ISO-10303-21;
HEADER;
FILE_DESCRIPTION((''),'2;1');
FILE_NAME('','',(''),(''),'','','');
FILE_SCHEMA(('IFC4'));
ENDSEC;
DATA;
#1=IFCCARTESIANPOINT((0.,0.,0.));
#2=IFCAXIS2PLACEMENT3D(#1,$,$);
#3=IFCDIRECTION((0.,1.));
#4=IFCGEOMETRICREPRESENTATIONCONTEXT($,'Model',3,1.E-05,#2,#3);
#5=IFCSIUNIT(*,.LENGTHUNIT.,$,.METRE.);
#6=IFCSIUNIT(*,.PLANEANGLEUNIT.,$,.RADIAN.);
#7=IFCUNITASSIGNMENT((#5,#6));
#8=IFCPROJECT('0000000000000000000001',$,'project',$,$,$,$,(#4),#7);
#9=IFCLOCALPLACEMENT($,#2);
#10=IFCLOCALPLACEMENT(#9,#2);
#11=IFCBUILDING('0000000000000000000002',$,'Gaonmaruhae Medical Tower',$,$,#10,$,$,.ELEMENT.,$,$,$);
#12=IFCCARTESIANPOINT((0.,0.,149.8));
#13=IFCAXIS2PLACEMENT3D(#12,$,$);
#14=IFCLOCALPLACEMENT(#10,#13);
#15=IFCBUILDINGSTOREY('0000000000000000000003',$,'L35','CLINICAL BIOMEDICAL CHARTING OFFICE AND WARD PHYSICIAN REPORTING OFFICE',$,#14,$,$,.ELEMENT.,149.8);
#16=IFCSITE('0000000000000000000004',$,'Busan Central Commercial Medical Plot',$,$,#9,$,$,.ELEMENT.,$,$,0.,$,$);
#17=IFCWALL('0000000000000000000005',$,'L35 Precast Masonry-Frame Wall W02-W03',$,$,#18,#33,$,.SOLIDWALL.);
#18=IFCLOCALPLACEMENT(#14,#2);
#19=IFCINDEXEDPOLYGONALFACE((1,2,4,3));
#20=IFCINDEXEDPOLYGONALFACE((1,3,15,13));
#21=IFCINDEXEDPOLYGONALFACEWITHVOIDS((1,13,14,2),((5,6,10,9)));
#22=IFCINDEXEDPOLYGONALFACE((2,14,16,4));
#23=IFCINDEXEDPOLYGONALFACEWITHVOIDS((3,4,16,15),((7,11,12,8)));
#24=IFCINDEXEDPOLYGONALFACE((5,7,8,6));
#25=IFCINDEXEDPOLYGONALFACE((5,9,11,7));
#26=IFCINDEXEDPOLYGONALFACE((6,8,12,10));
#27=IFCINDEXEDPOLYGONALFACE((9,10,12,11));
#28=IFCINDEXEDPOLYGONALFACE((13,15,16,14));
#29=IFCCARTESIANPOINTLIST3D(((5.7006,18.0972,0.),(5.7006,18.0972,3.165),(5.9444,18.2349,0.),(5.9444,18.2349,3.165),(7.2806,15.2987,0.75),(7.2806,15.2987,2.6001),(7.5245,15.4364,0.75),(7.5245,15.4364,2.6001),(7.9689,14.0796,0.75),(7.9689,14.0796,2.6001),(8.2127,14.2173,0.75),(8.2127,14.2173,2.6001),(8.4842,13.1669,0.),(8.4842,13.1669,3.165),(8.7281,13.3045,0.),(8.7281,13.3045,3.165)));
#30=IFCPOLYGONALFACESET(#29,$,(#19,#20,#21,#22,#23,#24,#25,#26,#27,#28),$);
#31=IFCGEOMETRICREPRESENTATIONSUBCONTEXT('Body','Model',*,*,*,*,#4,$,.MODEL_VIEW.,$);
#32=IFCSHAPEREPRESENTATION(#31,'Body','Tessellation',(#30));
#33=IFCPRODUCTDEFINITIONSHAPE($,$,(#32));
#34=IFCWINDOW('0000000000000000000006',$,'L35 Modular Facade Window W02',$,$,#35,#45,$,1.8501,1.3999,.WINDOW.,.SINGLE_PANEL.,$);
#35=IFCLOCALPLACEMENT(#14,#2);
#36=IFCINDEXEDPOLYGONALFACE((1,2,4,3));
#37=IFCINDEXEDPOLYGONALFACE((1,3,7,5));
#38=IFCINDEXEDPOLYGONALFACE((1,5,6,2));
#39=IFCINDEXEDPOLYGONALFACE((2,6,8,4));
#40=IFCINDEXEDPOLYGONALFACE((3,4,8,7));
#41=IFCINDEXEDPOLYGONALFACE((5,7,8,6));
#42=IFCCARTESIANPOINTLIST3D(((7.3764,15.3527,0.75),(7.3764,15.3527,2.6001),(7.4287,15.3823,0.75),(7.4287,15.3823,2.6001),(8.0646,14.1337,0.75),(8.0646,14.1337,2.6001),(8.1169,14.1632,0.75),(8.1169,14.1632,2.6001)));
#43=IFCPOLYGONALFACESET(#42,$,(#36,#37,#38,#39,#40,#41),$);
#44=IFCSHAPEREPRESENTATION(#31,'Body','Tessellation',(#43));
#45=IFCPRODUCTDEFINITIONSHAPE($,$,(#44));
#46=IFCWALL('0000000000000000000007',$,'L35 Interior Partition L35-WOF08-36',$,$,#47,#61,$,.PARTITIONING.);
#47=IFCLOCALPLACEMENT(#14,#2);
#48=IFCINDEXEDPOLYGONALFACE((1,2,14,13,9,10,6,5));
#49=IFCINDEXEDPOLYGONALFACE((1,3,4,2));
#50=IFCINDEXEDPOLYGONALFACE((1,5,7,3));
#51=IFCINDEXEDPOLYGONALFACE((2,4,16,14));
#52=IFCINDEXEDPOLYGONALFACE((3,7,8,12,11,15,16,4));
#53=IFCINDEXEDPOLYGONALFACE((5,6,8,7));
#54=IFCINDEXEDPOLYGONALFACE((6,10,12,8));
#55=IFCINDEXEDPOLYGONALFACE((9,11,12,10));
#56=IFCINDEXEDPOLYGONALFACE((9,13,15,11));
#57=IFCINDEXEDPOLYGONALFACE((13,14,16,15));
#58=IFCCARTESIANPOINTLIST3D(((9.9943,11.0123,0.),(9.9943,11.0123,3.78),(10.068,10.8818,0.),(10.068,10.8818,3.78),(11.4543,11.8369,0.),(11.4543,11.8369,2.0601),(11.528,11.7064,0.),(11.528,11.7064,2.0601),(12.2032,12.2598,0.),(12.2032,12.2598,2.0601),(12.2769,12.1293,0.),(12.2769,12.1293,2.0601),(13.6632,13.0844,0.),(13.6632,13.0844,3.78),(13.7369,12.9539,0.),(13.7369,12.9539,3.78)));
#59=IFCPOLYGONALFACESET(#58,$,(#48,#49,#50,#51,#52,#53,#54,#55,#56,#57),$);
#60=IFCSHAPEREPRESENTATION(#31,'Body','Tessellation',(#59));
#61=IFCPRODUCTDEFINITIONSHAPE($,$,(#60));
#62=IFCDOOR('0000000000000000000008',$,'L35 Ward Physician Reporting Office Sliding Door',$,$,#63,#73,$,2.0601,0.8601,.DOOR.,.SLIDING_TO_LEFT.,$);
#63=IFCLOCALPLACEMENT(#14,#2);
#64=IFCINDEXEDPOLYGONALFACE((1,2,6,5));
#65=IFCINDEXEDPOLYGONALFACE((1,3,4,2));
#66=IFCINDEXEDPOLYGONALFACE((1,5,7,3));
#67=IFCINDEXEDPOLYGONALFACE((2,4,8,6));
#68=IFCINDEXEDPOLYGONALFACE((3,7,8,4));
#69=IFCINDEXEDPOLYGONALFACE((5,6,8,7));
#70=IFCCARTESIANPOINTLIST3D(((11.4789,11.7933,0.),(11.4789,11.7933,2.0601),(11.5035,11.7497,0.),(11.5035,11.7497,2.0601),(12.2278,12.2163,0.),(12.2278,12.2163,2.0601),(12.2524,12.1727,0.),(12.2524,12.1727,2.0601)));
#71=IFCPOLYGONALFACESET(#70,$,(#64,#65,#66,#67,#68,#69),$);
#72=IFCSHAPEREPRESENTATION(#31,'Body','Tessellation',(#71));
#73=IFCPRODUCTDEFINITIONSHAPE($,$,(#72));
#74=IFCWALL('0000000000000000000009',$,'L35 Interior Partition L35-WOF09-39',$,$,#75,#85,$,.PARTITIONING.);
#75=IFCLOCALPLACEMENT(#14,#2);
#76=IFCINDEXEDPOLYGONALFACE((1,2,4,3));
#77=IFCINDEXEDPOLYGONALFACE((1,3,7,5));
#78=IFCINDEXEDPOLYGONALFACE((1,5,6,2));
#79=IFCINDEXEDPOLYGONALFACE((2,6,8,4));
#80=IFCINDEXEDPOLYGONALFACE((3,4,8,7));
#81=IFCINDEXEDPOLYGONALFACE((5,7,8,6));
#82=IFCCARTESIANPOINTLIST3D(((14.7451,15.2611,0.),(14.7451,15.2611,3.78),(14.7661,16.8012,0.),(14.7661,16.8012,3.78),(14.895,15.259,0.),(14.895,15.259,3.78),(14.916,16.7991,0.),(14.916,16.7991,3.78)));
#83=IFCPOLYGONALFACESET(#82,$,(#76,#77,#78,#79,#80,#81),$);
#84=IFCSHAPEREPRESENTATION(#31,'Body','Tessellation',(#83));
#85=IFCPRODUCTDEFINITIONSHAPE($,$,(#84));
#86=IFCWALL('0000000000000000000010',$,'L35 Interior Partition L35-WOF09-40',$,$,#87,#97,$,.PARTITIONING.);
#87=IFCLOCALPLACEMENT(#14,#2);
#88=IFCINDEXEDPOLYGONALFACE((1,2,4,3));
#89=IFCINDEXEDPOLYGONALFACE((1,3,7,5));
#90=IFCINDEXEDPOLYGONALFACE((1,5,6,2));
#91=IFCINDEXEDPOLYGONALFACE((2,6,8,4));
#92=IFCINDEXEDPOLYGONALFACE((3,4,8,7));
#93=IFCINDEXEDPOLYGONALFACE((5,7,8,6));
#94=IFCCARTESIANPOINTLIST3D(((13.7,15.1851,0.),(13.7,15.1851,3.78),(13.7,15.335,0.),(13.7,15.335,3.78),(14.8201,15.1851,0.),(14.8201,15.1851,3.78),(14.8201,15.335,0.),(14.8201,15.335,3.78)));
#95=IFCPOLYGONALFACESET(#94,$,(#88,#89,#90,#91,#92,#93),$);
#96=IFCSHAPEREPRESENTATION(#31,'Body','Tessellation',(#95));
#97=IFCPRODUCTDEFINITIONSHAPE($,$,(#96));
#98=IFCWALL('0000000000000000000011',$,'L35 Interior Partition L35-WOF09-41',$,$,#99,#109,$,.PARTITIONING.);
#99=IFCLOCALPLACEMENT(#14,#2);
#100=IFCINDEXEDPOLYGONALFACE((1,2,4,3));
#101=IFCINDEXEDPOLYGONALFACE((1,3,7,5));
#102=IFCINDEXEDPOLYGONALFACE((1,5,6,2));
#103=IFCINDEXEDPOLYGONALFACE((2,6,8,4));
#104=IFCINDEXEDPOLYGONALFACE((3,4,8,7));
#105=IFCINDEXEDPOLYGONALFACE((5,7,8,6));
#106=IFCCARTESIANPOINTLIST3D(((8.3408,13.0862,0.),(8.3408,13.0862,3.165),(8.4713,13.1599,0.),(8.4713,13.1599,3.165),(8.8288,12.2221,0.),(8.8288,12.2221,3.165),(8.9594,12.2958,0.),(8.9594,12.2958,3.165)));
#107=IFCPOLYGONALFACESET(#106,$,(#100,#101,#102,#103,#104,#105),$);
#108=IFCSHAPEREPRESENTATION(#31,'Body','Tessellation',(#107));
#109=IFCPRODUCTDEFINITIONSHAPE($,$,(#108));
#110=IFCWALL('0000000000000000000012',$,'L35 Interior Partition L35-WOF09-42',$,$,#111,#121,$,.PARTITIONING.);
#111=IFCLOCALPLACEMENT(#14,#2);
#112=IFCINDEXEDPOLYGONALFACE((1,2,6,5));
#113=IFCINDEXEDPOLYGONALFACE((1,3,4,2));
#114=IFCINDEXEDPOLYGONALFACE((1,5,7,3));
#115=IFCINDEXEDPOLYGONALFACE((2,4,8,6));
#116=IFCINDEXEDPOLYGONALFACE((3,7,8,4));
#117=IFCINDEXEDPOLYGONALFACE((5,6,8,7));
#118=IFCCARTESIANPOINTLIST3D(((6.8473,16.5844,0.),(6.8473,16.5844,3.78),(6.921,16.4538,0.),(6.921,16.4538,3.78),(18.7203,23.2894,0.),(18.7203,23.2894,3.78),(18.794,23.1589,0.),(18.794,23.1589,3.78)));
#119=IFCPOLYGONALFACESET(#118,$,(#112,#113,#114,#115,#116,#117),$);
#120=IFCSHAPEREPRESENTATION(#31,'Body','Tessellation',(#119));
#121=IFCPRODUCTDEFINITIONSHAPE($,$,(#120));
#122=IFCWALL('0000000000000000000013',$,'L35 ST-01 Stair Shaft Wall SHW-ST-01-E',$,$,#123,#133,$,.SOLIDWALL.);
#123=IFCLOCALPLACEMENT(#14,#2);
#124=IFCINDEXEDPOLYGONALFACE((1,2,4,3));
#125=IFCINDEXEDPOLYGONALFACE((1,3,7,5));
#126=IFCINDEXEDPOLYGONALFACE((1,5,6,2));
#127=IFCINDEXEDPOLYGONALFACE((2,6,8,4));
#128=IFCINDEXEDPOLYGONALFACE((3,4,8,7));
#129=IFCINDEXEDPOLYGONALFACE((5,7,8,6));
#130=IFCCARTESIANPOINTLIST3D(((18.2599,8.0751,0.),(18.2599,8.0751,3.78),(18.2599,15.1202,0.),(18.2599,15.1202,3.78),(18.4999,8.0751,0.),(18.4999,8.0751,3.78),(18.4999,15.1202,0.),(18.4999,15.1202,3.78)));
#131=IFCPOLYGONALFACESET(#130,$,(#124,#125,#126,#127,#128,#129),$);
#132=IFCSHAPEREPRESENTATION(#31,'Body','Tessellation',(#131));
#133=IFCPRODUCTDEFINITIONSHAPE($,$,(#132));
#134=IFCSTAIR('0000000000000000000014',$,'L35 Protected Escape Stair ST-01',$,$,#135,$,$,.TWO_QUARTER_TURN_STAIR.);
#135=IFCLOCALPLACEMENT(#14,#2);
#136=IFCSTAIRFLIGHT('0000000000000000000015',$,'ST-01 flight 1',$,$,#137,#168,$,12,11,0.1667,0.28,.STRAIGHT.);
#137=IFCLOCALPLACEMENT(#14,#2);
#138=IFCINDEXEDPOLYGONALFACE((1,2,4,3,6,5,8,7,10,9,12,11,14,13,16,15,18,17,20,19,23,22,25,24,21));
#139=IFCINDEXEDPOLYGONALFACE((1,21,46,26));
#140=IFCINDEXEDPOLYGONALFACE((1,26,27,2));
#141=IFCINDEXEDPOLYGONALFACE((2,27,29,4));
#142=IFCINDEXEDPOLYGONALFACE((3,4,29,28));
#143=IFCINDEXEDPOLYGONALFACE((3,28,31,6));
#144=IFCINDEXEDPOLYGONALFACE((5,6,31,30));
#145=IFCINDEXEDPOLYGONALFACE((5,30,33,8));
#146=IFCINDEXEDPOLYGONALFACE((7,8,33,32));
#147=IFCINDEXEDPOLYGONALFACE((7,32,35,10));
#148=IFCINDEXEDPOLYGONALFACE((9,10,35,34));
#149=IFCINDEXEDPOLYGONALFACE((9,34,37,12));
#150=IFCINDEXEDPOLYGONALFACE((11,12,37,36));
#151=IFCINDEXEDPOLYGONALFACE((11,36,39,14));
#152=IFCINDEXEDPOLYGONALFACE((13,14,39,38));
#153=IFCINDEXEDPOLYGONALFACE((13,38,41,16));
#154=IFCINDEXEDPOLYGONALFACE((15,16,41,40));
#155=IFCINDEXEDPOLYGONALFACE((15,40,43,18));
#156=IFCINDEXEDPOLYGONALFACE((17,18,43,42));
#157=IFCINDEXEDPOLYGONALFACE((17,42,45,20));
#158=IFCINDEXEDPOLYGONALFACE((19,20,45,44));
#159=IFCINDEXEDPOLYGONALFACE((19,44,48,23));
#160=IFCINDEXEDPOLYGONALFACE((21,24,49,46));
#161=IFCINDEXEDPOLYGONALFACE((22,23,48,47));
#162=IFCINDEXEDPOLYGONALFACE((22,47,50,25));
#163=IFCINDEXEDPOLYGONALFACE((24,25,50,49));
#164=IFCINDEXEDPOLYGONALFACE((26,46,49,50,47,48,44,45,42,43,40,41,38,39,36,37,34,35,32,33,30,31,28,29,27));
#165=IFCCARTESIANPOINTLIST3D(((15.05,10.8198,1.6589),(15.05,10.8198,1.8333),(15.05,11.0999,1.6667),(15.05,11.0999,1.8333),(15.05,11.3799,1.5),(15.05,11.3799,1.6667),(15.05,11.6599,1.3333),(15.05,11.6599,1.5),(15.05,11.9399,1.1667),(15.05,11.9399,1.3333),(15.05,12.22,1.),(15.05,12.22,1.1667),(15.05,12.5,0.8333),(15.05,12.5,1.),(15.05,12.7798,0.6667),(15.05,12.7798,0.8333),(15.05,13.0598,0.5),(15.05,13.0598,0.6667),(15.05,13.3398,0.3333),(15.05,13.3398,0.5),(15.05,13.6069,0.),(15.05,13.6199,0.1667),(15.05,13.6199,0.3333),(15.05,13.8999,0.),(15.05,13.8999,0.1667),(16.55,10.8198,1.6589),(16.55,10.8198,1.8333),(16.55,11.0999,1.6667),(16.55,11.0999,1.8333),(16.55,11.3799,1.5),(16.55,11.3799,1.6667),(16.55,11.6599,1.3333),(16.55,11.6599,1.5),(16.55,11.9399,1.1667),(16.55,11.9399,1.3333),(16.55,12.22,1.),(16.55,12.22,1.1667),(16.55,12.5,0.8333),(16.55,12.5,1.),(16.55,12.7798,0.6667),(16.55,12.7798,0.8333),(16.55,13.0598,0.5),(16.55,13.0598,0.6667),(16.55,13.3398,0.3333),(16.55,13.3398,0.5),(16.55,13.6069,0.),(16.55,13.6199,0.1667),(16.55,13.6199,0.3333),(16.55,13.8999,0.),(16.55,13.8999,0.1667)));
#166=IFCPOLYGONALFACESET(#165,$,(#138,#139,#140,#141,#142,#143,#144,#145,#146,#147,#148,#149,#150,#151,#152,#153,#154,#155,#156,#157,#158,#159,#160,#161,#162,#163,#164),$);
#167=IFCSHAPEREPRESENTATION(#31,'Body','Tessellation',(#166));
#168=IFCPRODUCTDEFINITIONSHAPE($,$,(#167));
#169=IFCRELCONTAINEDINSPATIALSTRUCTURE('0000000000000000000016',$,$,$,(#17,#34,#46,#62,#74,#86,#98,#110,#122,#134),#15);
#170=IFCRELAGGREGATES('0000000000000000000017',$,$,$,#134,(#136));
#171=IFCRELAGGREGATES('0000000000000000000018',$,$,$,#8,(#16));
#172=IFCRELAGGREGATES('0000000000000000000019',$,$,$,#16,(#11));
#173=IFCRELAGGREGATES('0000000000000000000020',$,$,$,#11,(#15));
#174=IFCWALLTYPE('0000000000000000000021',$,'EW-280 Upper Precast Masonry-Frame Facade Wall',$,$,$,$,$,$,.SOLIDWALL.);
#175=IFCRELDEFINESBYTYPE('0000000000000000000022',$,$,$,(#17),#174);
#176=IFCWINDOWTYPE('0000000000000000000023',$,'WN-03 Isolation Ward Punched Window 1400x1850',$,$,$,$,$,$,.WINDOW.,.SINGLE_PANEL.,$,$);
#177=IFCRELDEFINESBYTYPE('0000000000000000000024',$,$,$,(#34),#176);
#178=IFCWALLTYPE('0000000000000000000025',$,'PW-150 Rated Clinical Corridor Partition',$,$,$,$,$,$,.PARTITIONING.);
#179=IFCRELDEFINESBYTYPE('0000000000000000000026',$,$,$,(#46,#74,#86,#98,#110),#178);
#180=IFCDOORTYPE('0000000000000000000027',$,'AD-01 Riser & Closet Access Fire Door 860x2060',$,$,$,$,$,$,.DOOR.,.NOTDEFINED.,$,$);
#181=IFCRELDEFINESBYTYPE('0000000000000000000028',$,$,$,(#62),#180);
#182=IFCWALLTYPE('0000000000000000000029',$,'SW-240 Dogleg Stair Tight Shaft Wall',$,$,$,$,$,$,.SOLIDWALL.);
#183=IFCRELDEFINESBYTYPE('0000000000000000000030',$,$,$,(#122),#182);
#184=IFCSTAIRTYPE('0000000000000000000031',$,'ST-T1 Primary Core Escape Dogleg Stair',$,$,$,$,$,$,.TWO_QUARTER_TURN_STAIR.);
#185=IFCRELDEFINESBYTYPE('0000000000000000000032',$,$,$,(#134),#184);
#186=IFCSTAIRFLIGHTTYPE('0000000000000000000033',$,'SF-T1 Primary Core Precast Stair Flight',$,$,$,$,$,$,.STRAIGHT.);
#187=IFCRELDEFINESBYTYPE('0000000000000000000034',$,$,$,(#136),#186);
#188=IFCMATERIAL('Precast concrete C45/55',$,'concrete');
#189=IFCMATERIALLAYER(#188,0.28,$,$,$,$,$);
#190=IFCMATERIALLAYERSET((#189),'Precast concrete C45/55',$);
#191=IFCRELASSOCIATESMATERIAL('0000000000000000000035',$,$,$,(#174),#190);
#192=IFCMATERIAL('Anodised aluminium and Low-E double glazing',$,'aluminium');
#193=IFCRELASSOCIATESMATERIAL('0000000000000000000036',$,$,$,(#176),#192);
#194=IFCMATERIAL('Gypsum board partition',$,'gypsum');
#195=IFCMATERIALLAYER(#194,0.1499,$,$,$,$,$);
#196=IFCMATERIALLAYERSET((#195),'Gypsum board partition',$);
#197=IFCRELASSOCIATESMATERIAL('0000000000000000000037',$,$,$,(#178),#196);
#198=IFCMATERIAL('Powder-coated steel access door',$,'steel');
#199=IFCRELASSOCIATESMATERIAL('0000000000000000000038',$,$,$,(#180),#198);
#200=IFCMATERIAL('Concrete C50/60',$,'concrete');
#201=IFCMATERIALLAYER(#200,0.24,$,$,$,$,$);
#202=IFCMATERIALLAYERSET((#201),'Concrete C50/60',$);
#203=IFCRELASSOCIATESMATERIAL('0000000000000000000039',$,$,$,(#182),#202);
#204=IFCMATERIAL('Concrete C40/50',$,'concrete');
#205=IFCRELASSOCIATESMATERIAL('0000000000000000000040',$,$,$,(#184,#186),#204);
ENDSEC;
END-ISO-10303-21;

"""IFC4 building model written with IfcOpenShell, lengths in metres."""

from ifc_helpers import new_model, si_unit, direction, frame, frame_2d, origin, place, context, subcontext, project, spatial, polyline, rectangle, outline, extrude, material, layer, layer_set, type_object, element, fill, aggregate, save


model = new_model("IFC4")

# Units and contexts
model_context = context("Model", 3, precision=1e-05, world=origin(), true_north=direction((0.0, 1.0)))
body_context = subcontext(model_context, "Body", "Model", "MODEL_VIEW")
ifc_project = project(units=[si_unit("LENGTHUNIT", "METRE"), si_unit("PLANEANGLEUNIT", "RADIAN")], contexts=[model_context])

# Site, building, storey
site_placement = place(None, origin())
site = spatial("IfcSite", under=ifc_project, at=site_placement, Name="Busan Central Commercial Medical Plot", CompositionType="ELEMENT", RefElevation=0.0)
building_placement = place(site_placement, origin())
building = spatial("IfcBuilding", under=site, at=building_placement, Name="Gaonmaruhae Medical Tower", CompositionType="ELEMENT")
storey_placement = place(building_placement, frame((0.0, 0.0, 149.8)))
storey = spatial("IfcBuildingStorey", under=building, at=storey_placement, Name="L35", Description="CLINICAL BIOMEDICAL CHARTING OFFICE AND WARD PHYSICIAN REPORTING OFFICE", CompositionType="ELEMENT", Elevation=149.8)

# Shared definitions
ifc_material_1 = material(Name="Concrete C50/60", Category="concrete")

# Wall, opening, window
ifc_material_2 = material(Name="Precast concrete C45/55", Category="concrete")
ifc_layer_1 = layer(ifc_material_2, 0.28)
ifc_layer_set_1 = layer_set([ifc_layer_1], Name="Precast concrete C45/55")
wall_type_1 = type_object("IfcWallType", Name="EW-280 Upper Precast Masonry-Frame Facade Wall", PredefinedType="SOLIDWALL", material=ifc_layer_set_1)
wall_1_placement = place(storey_placement, frame((8.6062, 13.2356, 0.0), z_axis=(0.0, 0.0, 1.0), x_axis=(-0.491647, 0.870795, 0.0)))
wall_1 = element("IfcWall", 1, at=wall_1_placement, inside=storey, type_object=wall_type_1, Name="L35 Precast Masonry-Frame Wall W02-W03", PredefinedType="SOLIDWALL", context=body_context, shape_type="SweptSolid", body=[
    extrude(rectangle(XDim=5.6619, YDim=0.28, at=frame_2d((2.8311, 0.0))), origin(), (0.0, 0.0, 1.0), 3.165),
])
opening_1_placement = place(wall_1_placement, frame((1.0483, 0.0, 0.75)))
opening_1 = element("IfcOpeningElement", 2, at=opening_1_placement, cuts=wall_1, PredefinedType="OPENING", context=body_context, shape_type="SweptSolid", body=[
    extrude(rectangle(XDim=1.3999, YDim=1.8501, at=frame_2d((0.7, 0.925))), frame((0.0, 0.1499, 0.0), z_axis=(0.0, -1.0, 0.0), x_axis=(1.0, 0.0, 0.0)), (0.0, 0.0, 1.0), 0.3),
])
ifc_material_3 = material(Name="Anodised aluminium and Low-E double glazing", Category="aluminium")
window_type = type_object("IfcWindowType", Name="WN-03 Isolation Ward Punched Window 1400x1850", PartitioningType="SINGLE_PANEL", PredefinedType="WINDOW", material=ifc_material_3)
window_placement = place(opening_1_placement, origin())
window = element("IfcWindow", 3, at=window_placement, inside=storey, type_object=window_type, Name="L35 Modular Facade Window W02", OverallHeight=1.8501, OverallWidth=1.3999, PartitioningType="SINGLE_PANEL", PredefinedType="WINDOW", context=body_context, shape_type="SweptSolid", body=[
    extrude(rectangle(XDim=1.3999, YDim=1.8501, at=frame_2d((0.7, 0.925))), frame((0.0, 0.03, 0.0), z_axis=(0.0, -1.0, 0.0), x_axis=(1.0, 0.0, 0.0)), (0.0, 0.0, 1.0), 0.0601),
])
fill(opening_1, window)

# Wall, opening, door
ifc_material_4 = material(Name="Gypsum board partition", Category="gypsum")
ifc_layer_2 = layer(ifc_material_4, 0.1499)
ifc_layer_set_2 = layer_set([ifc_layer_2], Name="Gypsum board partition")
wall_type_2 = type_object("IfcWallType", Name="PW-150 Rated Clinical Corridor Partition", PredefinedType="PARTITIONING", material=ifc_layer_set_2)
wall_2_placement = place(storey_placement, frame((10.031, 10.947, 0.0), z_axis=(0.0, 0.0, 1.0), x_axis=(0.870739, 0.491746, 0.0)))
wall_2 = element("IfcWall", 4, at=wall_2_placement, inside=storey, type_object=wall_type_2, Name="L35 Interior Partition L35-WOF08-36", PredefinedType="PARTITIONING", context=body_context, shape_type="SweptSolid", body=[
    extrude(rectangle(XDim=4.2136, YDim=0.1499, at=frame_2d((2.1069, 0.0))), origin(), (0.0, 0.0, 1.0), 3.78),
])
opening_2_placement = place(wall_2_placement, frame((1.6768, 0.0, 0.0)))
opening_2 = element("IfcOpeningElement", 5, at=opening_2_placement, cuts=wall_2, PredefinedType="OPENING", context=body_context, shape_type="SweptSolid", body=[
    extrude(rectangle(XDim=0.8601, YDim=2.0601, at=frame_2d((0.4302, 1.03))), frame((0.0, 0.085, 0.0), z_axis=(0.0, -1.0, 0.0), x_axis=(1.0, 0.0, 0.0)), (0.0, 0.0, 1.0), 0.1699),
])
ifc_material_5 = material(Name="Powder-coated steel access door", Category="steel")
door_type_1 = type_object("IfcDoorType", Name="AD-01 Riser & Closet Access Fire Door 860x2060", OperationType="NOTDEFINED", PredefinedType="DOOR", material=ifc_material_5)
door_1_placement = place(opening_2_placement, origin())
door_1 = element("IfcDoor", 6, at=door_1_placement, inside=storey, type_object=door_type_1, Name="L35 Ward Physician Reporting Office Sliding Door", OperationType="SLIDING_TO_LEFT", OverallHeight=2.0601, OverallWidth=0.8601, PredefinedType="DOOR", context=body_context, shape_type="SweptSolid", body=[
    extrude(rectangle(XDim=0.8601, YDim=2.0601, at=frame_2d((0.4302, 1.03))), frame((0.0, 0.0249, 0.0), z_axis=(0.0, -1.0, 0.0), x_axis=(1.0, 0.0, 0.0)), (0.0, 0.0, 1.0), 0.05),
])
fill(opening_2, door_1)

# Walls
wall_3_placement = place(storey_placement, frame((14.8411, 16.8, 0.0), z_axis=(0.0, 0.0, 1.0), x_axis=(-0.013632, -0.999907, 0.0)))
element("IfcWall", 7, at=wall_3_placement, inside=storey, type_object=wall_type_2, Name="L35 Interior Partition L35-WOF09-39", PredefinedType="PARTITIONING", context=body_context, shape_type="SweptSolid", body=[
    extrude(rectangle(XDim=1.5403, YDim=0.1499, at=frame_2d((0.77, 0.0))), origin(), (0.0, 0.0, 1.0), 3.78),
])
wall_4_placement = place(storey_placement, frame((14.8201, 15.26, 0.0), z_axis=(0.0, 0.0, 1.0), x_axis=(-1.0, 0.0, 0.0)))
element("IfcWall", 8, at=wall_4_placement, inside=storey, type_object=wall_type_2, Name="L35 Interior Partition L35-WOF09-40", PredefinedType="PARTITIONING", context=body_context, shape_type="SweptSolid", body=[
    extrude(rectangle(XDim=1.1201, YDim=0.1499, at=frame_2d((0.5601, 0.0))), origin(), (0.0, 0.0, 1.0), 3.78),
])
wall_5_placement = place(storey_placement, frame((8.894, 12.259, 0.0), z_axis=(0.0, 0.0, 1.0), x_axis=(-0.491814, 0.8707, 0.0)))
element("IfcWall", 9, at=wall_5_placement, inside=storey, type_object=wall_type_2, Name="L35 Interior Partition L35-WOF09-41", PredefinedType="PARTITIONING", context=body_context, shape_type="SweptSolid", body=[
    extrude(rectangle(XDim=0.9924, YDim=0.1499, at=frame_2d((0.4961, 0.0))), origin(), (0.0, 0.0, 1.0), 3.165),
])
wall_6_placement = place(storey_placement, frame((6.884, 16.519, 0.0), z_axis=(0.0, 0.0, 1.0), x_axis=(0.870744, 0.491736, 0.0)))
element("IfcWall", 10, at=wall_6_placement, inside=storey, type_object=wall_type_2, Name="L35 Interior Partition L35-WOF09-42", PredefinedType="PARTITIONING", context=body_context, shape_type="SweptSolid", body=[
    extrude(rectangle(XDim=13.6355, YDim=0.1499, at=frame_2d((6.8179, 0.0))), origin(), (0.0, 0.0, 1.0), 3.78),
])

# Shared definitions
ifc_layer_3 = layer(ifc_material_1, 0.24)
ifc_layer_set_3 = layer_set([ifc_layer_3], Name="Concrete C50/60")
wall_type_3 = type_object("IfcWallType", Name="SW-240 Dogleg Stair Tight Shaft Wall", PredefinedType="SOLIDWALL", material=ifc_layer_set_3)

# Wall
wall_7_placement = place(storey_placement, frame((18.3799, 15.1201, 0.0), z_axis=(0.0, 0.0, 1.0), x_axis=(0.0, -1.0, 0.0)))
element("IfcWall", 11, at=wall_7_placement, inside=storey, type_object=wall_type_3, Name="L35 ST-01 Stair Shaft Wall SHW-ST-01-E", PredefinedType="SOLIDWALL", context=body_context, shape_type="SweptSolid", body=[
    extrude(rectangle(XDim=7.0452, YDim=0.24, at=frame_2d((3.5225, 0.0))), origin(), (0.0, 0.0, 1.0), 3.78),
])

# Stair, stair flight
ifc_material_6 = material(Name="Concrete C40/50", Category="concrete")
stair_type = type_object("IfcStairType", Name="ST-T1 Primary Core Escape Dogleg Stair", PredefinedType="TWO_QUARTER_TURN_STAIR", material=ifc_material_6)
stair_placement = place(storey_placement, origin())
stair = element("IfcStair", 12, at=stair_placement, inside=storey, type_object=stair_type, Name="L35 Protected Escape Stair ST-01", PredefinedType="TWO_QUARTER_TURN_STAIR")
stair_flight_type = type_object("IfcStairFlightType", Name="SF-T1 Primary Core Precast Stair Flight", PredefinedType="STRAIGHT", material=ifc_material_6)
stair_flight_placement = place(storey_placement, frame((15.8, 13.8999, 0.0), z_axis=(0.0, 0.0, 1.0), x_axis=(0.0, -1.0, 0.0)))
stair_flight = element("IfcStairFlight", 13, at=stair_flight_placement, type_object=stair_flight_type, Name="ST-01 flight 1", NumberOfRisers=12, NumberOfTreads=11, PredefinedType="STRAIGHT", RiserHeight=0.1667, TreadLength=0.28, context=body_context, shape_type="SweptSolid", body=[
    extrude(outline(polyline([(0.0, 0.0), (0.0, 0.1667), (0.28, 0.1667), (0.28, 0.3333), (0.5601, 0.3333), (0.5601, 0.5), (0.8401, 0.5), (0.8401, 0.6667), (1.1201, 0.6667), (1.1201, 0.8333), (1.3999, 0.8333), (1.3999, 1.0), (1.6799, 1.0), (1.6799, 1.1667), (1.96, 1.1667), (1.96, 1.3333), (2.24, 1.3333), (2.24, 1.5), (2.52, 1.5), (2.52, 1.6667), (2.8, 1.6667), (2.8, 1.8333), (3.0801, 1.8333), (3.0801, 2.0), (3.0801, 1.6589), (0.293, 0.0), (0.0, 0.0)])), frame((0.0, 0.75, 0.0), z_axis=(0.0, -1.0, 0.0), x_axis=(1.0, 0.0, 0.0)), (0.0, 0.0, 1.0), 1.5),
])
aggregate(stair, [stair_flight])

save(model, "model.ifc")
